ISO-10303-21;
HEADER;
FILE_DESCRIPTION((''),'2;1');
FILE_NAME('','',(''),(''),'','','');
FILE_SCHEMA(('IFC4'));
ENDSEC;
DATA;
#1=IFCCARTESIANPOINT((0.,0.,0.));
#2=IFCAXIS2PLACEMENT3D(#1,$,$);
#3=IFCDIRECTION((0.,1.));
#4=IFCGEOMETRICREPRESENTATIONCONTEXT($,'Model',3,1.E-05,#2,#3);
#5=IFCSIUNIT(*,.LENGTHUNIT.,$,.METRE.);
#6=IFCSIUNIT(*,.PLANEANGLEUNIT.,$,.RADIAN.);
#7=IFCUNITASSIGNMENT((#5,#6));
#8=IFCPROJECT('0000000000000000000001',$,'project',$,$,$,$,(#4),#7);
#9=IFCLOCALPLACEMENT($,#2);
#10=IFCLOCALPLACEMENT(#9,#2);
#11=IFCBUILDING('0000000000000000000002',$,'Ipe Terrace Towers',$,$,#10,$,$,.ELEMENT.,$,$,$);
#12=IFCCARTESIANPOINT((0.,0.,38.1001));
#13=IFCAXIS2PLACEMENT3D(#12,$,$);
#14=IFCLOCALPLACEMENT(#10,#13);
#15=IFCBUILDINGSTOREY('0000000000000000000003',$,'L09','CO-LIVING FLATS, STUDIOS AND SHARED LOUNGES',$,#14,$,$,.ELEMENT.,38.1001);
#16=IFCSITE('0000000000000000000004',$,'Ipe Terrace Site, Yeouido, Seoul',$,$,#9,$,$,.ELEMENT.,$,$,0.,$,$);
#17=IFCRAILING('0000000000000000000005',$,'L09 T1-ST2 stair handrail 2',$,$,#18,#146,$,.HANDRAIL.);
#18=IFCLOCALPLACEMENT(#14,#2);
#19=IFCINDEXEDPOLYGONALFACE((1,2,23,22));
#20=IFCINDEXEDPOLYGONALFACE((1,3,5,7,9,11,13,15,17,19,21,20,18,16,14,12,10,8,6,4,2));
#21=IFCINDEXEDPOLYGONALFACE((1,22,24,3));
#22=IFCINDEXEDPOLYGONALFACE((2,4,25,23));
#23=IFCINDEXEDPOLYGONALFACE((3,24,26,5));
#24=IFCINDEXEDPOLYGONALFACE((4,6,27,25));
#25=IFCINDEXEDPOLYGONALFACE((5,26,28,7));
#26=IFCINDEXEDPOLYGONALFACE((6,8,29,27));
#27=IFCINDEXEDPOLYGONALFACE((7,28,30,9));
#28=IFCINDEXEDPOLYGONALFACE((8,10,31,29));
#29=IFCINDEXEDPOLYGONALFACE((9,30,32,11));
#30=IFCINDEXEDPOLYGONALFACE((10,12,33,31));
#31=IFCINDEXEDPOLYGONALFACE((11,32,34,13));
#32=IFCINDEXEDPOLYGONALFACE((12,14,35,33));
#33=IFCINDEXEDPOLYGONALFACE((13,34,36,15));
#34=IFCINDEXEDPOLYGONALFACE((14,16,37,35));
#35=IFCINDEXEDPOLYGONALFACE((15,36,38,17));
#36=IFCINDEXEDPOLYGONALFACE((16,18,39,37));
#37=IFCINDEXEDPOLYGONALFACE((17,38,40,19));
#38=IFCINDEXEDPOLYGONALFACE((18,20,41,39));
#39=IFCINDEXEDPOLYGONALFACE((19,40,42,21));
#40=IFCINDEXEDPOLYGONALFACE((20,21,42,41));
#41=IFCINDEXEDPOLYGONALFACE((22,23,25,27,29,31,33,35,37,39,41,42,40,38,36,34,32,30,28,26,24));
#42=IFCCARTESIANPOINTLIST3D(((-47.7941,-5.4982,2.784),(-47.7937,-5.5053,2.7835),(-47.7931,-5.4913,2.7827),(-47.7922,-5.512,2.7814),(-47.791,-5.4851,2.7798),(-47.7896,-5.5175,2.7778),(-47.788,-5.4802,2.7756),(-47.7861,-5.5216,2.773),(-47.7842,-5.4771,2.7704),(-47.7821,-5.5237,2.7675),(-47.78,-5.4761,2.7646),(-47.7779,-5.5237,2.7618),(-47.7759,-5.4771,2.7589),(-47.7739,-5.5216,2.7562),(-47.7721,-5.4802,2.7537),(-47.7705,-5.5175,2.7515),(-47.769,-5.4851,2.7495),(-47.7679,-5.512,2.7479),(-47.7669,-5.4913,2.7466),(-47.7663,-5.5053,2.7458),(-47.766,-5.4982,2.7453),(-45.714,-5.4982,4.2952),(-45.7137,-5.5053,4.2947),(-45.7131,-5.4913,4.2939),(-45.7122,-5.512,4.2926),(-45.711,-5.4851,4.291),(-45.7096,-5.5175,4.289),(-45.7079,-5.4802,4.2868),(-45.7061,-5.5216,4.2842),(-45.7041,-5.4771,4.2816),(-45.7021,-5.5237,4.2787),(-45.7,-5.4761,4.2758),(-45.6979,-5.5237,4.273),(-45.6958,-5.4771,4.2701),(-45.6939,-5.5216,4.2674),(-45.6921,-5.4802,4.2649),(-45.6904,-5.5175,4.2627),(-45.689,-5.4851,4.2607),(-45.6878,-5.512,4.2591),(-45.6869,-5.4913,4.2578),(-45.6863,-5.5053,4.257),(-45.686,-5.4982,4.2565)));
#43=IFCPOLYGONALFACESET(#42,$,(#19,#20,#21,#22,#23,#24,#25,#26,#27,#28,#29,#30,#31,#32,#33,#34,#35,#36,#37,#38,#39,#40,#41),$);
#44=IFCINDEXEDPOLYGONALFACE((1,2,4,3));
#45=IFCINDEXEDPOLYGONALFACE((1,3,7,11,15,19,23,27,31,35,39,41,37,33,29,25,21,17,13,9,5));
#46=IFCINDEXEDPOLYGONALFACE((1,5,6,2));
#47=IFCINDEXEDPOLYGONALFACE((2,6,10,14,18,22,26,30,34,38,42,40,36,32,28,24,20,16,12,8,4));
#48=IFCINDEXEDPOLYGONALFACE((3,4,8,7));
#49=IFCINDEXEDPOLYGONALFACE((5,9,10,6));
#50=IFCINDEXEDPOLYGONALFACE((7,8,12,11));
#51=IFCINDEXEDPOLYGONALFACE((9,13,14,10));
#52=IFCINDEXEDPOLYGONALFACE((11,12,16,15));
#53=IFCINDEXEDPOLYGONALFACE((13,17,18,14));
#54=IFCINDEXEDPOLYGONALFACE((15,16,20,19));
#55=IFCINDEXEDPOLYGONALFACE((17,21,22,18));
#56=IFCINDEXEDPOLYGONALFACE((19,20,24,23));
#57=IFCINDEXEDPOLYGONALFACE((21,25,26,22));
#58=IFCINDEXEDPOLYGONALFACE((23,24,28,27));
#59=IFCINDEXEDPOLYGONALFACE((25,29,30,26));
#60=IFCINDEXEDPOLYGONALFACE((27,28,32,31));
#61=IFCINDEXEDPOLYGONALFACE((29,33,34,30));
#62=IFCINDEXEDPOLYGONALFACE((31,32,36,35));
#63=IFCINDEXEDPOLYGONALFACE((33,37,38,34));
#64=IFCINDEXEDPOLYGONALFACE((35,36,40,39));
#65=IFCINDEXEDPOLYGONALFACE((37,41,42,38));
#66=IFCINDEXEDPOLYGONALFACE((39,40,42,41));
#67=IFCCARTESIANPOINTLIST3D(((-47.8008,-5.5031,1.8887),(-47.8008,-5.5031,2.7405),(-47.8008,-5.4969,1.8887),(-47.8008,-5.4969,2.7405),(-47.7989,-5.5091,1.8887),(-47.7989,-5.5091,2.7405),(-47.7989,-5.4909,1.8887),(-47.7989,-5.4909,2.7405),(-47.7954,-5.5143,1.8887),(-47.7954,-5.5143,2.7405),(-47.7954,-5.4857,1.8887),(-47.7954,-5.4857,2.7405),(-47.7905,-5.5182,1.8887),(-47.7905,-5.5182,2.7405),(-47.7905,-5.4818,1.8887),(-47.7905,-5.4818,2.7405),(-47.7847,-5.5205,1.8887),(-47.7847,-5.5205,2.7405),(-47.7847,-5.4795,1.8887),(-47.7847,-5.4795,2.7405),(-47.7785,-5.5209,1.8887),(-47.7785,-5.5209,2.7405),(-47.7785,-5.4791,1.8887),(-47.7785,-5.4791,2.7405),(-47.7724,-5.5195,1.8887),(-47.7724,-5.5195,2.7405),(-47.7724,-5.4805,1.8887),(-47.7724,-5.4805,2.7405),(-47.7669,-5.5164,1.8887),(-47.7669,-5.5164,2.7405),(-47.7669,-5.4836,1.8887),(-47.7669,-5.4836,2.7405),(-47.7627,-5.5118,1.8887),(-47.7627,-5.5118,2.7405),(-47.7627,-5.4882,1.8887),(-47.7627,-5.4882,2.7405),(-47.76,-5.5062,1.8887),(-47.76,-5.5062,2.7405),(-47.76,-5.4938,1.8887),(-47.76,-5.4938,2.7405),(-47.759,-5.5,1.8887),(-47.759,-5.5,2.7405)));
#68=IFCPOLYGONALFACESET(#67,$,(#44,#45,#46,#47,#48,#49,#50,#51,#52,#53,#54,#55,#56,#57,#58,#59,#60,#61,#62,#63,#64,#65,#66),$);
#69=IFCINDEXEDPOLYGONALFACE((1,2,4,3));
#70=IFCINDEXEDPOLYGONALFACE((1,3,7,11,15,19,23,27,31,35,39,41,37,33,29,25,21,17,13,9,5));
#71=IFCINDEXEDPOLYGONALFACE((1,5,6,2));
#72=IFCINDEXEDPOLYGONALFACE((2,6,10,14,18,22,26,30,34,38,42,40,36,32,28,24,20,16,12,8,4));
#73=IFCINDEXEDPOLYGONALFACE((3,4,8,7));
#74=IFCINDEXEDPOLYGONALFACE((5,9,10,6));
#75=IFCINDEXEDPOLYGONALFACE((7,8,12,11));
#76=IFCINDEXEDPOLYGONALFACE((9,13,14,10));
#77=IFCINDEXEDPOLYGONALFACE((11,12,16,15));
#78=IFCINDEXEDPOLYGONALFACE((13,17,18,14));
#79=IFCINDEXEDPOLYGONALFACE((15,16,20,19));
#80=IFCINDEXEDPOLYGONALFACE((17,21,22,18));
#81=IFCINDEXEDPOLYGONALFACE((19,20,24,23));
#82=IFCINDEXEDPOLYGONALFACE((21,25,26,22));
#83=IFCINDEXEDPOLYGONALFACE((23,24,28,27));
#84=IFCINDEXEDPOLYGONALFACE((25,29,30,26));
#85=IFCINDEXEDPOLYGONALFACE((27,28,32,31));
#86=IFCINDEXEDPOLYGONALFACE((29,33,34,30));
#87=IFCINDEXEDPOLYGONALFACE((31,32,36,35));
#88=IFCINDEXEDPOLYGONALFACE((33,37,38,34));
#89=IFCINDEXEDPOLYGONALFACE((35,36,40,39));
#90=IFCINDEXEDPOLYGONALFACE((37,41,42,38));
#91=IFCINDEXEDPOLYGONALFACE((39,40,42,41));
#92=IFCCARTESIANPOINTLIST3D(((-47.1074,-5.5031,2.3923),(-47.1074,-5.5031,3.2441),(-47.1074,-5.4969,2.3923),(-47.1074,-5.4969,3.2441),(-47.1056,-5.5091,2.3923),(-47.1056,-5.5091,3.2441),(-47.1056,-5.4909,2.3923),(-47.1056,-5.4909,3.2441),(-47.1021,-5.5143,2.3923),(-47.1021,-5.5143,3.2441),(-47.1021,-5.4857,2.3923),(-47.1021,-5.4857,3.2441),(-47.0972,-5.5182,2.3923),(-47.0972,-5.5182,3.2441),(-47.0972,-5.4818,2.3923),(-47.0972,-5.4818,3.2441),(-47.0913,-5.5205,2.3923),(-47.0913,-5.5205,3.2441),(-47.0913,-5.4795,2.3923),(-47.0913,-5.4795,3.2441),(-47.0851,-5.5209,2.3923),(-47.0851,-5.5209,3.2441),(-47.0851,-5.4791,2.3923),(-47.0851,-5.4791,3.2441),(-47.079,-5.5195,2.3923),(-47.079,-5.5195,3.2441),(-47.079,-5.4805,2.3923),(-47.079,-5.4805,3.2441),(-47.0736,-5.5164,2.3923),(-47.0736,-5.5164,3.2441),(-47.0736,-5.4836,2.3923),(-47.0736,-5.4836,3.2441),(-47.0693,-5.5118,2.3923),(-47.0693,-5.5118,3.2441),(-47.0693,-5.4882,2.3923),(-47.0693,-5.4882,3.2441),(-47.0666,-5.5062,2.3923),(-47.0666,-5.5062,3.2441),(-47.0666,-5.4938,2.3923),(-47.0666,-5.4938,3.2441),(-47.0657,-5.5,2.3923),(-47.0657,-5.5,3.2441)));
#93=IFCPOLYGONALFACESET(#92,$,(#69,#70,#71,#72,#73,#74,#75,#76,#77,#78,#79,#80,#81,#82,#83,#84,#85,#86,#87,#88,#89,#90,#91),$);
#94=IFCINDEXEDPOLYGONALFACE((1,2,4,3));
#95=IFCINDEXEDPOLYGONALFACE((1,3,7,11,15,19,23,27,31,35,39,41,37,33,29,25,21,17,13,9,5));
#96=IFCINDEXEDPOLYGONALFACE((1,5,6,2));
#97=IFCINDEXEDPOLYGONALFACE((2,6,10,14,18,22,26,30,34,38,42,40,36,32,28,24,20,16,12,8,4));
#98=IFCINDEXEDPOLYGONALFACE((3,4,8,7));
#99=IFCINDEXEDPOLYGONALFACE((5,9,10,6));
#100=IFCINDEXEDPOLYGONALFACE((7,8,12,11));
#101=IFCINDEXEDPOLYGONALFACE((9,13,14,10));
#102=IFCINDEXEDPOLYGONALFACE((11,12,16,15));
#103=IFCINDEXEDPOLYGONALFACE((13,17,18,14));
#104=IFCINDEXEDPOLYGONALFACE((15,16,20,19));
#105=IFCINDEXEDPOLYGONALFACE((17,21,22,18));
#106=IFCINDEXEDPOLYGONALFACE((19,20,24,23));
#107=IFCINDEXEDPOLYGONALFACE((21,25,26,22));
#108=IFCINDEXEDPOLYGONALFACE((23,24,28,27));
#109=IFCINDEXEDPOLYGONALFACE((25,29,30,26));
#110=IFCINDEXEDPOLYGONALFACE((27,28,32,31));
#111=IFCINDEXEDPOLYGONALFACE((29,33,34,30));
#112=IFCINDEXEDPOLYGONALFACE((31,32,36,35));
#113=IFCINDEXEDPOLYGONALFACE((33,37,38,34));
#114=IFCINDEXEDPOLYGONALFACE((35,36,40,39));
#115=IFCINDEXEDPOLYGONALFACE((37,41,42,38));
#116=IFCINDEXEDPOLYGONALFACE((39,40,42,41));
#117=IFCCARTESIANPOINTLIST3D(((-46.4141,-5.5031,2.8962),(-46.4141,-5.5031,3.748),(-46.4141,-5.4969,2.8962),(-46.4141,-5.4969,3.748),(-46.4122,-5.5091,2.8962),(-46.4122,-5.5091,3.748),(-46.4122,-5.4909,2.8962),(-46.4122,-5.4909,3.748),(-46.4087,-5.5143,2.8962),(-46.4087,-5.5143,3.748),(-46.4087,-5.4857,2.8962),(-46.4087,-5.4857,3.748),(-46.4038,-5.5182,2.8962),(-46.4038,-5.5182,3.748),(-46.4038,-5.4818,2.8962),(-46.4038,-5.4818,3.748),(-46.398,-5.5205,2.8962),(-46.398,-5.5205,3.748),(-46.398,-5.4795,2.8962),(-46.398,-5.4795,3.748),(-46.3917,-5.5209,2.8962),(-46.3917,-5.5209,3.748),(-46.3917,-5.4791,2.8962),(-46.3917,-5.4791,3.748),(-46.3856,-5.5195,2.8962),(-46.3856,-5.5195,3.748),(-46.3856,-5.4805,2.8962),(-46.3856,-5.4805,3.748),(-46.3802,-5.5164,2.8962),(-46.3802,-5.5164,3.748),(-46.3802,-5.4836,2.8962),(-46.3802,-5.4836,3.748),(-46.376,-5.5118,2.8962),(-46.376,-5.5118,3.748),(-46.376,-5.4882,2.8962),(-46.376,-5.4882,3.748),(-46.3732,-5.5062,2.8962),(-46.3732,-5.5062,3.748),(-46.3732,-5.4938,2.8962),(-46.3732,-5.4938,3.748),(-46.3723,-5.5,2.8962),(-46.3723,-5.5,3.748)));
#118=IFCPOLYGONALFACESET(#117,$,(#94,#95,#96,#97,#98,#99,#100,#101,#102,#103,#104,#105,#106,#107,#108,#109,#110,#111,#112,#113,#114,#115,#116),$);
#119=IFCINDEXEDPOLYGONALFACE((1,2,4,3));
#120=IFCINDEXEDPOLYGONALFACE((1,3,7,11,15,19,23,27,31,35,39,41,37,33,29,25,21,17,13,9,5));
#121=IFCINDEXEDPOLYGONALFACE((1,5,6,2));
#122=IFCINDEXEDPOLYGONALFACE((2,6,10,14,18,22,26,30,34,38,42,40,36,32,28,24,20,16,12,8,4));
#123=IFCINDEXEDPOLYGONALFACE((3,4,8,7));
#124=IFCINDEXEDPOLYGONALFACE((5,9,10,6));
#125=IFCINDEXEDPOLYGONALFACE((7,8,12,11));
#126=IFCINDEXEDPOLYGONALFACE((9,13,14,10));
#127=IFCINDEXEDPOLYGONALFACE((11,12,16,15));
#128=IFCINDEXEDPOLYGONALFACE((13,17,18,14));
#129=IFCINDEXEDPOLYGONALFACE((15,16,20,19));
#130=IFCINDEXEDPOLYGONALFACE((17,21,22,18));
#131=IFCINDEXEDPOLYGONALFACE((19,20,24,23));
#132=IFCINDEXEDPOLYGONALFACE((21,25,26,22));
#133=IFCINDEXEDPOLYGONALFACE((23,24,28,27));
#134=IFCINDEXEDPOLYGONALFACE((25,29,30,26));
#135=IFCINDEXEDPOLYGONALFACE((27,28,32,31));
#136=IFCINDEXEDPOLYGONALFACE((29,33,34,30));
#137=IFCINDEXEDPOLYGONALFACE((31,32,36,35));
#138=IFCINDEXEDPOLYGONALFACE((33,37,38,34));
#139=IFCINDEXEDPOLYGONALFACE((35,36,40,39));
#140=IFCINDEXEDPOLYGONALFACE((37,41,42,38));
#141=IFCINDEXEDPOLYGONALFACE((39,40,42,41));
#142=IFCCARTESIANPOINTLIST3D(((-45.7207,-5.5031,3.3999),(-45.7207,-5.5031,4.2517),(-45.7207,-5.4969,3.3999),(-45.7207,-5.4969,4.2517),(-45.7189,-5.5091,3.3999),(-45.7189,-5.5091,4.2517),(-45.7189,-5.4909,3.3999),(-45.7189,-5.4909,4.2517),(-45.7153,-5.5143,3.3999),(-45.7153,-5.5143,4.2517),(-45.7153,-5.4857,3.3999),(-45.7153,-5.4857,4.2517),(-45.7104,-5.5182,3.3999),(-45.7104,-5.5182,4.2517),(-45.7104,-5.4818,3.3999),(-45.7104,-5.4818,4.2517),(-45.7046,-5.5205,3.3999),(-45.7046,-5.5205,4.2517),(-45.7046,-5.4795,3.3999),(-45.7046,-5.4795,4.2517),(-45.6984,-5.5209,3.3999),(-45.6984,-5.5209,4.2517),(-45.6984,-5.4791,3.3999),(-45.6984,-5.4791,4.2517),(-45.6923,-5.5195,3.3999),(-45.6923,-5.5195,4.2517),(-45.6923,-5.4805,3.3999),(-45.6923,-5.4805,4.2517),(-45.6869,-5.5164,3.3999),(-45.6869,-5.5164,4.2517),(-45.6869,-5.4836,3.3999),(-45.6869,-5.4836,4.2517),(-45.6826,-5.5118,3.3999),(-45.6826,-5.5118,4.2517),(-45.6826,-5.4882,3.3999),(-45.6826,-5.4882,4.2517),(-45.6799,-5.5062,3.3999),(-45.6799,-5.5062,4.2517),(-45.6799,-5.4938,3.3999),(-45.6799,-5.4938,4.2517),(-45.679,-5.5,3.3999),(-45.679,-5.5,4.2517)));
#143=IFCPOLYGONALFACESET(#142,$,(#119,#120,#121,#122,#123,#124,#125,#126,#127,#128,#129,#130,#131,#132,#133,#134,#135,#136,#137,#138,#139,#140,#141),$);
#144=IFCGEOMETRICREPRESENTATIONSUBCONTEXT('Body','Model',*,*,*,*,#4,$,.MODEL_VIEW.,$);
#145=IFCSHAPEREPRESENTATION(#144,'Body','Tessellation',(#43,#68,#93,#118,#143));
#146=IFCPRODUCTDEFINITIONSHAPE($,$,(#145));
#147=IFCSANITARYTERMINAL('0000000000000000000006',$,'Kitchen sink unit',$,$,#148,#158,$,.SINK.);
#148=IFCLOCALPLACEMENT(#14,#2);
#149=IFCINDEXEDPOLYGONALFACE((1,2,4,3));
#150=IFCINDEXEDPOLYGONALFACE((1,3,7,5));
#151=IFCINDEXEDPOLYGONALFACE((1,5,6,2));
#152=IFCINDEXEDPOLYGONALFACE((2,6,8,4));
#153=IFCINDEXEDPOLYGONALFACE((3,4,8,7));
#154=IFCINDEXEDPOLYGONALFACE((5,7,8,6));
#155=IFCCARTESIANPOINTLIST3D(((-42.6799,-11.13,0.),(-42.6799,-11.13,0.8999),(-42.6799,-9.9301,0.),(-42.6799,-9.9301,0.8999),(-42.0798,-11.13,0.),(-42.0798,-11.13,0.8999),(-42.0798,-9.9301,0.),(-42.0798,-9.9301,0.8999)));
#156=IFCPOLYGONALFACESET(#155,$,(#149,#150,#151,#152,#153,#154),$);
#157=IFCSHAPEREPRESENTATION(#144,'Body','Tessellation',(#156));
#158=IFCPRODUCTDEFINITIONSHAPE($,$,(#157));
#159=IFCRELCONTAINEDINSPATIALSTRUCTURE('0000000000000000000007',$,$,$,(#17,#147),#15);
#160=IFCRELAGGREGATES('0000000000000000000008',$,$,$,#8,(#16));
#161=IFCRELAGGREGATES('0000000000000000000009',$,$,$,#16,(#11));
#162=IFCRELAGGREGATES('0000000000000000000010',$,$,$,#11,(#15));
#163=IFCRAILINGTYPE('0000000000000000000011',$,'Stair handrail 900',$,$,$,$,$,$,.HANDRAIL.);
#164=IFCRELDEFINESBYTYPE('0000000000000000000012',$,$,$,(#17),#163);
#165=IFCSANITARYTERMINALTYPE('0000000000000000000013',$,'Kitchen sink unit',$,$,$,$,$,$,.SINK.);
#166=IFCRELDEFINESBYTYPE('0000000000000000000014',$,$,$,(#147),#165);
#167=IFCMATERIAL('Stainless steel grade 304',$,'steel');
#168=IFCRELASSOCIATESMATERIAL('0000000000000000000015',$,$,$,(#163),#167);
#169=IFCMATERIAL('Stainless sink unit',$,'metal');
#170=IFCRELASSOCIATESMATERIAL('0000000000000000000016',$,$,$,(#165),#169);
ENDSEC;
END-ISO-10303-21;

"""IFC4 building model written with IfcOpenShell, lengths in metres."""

from ifc_helpers import new_model, si_unit, direction, frame, origin, origin_2d, place, context, subcontext, project, spatial, rectangle, circle, extrude, material, type_object, element, save


model = new_model("IFC4")

# Units and contexts
model_context = context("Model", 3, precision=1e-05, world=origin(), true_north=direction((0.0, 1.0)))
body_context = subcontext(model_context, "Body", "Model", "MODEL_VIEW")
ifc_project = project(units=[si_unit("LENGTHUNIT", "METRE"), si_unit("PLANEANGLEUNIT", "RADIAN")], contexts=[model_context])

# Site, building, storey
site_placement = place(None, origin())
site = spatial("IfcSite", under=ifc_project, at=site_placement, Name="Ipe Terrace Site, Yeouido, Seoul", CompositionType="ELEMENT", RefElevation=0.0)
building_placement = place(site_placement, origin())
building = spatial("IfcBuilding", under=site, at=building_placement, Name="Ipe Terrace Towers", CompositionType="ELEMENT")
storey_placement = place(building_placement, frame((0.0, 0.0, 38.1001)))
storey = spatial("IfcBuildingStorey", under=building, at=storey_placement, Name="L09", Description="CO-LIVING FLATS, STUDIOS AND SHARED LOUNGES", CompositionType="ELEMENT", Elevation=38.1001)

# Railing
ifc_material_1 = material(Name="Stainless steel grade 304", Category="steel")
railing_type_1 = type_object("IfcRailingType", Name="Stair handrail 900", PredefinedType="HANDRAIL", material=ifc_material_1)
railing_1_placement = place(storey_placement, frame((-47.78, -5.5, 1.8887)))
element("IfcRailing", 1, at=railing_1_placement, inside=storey, type_object=railing_type_1, Name="L09 T1-ST2 stair handrail 2", PredefinedType="HANDRAIL", context=body_context, shape_type="SweptSolid", body=[
    extrude(circle(Radius=0.0239, at=origin_2d()), frame((0.0, 0.0, 0.876), z_axis=(0.809023, 0.0, 0.587776), x_axis=(0.0, 1.0, 0.0)), (0.0, 0.0, 1.0), 2.571),
    extrude(circle(Radius=0.021, at=origin_2d()), origin(), (0.0, 0.0, 1.0), 0.8518),
    extrude(circle(Radius=0.021, at=origin_2d()), frame((0.6934, 0.0, 0.5037)), (0.0, 0.0, 1.0), 0.8518),
    extrude(circle(Radius=0.021, at=origin_2d()), frame((1.3867, 0.0, 1.0076)), (0.0, 0.0, 1.0), 0.8518),
    extrude(circle(Radius=0.021, at=origin_2d()), frame((2.0801, 0.0, 1.5112)), (0.0, 0.0, 1.0), 0.8518),
])

# Sanitary terminal
ifc_material_2 = material(Name="Stainless sink unit", Category="metal")
sanitary_terminal_type = type_object("IfcSanitaryTerminalType", Name="Kitchen sink unit", PredefinedType="SINK", material=ifc_material_2)
sanitary_terminal_placement = place(storey_placement, frame((-42.3799, -10.53, 0.0), z_axis=(0.0, 0.0, 1.0), x_axis=(0.0, 1.0, 0.0)))
element("IfcSanitaryTerminal", 2, at=sanitary_terminal_placement, inside=storey, type_object=sanitary_terminal_type, Name="Kitchen sink unit", PredefinedType="SINK", context=body_context, shape_type="SweptSolid", body=[
    extrude(rectangle(XDim=1.2, YDim=0.6001, at=origin_2d()), origin(), (0.0, 0.0, 1.0), 0.8999),
])

save(model, "model.ifc")
